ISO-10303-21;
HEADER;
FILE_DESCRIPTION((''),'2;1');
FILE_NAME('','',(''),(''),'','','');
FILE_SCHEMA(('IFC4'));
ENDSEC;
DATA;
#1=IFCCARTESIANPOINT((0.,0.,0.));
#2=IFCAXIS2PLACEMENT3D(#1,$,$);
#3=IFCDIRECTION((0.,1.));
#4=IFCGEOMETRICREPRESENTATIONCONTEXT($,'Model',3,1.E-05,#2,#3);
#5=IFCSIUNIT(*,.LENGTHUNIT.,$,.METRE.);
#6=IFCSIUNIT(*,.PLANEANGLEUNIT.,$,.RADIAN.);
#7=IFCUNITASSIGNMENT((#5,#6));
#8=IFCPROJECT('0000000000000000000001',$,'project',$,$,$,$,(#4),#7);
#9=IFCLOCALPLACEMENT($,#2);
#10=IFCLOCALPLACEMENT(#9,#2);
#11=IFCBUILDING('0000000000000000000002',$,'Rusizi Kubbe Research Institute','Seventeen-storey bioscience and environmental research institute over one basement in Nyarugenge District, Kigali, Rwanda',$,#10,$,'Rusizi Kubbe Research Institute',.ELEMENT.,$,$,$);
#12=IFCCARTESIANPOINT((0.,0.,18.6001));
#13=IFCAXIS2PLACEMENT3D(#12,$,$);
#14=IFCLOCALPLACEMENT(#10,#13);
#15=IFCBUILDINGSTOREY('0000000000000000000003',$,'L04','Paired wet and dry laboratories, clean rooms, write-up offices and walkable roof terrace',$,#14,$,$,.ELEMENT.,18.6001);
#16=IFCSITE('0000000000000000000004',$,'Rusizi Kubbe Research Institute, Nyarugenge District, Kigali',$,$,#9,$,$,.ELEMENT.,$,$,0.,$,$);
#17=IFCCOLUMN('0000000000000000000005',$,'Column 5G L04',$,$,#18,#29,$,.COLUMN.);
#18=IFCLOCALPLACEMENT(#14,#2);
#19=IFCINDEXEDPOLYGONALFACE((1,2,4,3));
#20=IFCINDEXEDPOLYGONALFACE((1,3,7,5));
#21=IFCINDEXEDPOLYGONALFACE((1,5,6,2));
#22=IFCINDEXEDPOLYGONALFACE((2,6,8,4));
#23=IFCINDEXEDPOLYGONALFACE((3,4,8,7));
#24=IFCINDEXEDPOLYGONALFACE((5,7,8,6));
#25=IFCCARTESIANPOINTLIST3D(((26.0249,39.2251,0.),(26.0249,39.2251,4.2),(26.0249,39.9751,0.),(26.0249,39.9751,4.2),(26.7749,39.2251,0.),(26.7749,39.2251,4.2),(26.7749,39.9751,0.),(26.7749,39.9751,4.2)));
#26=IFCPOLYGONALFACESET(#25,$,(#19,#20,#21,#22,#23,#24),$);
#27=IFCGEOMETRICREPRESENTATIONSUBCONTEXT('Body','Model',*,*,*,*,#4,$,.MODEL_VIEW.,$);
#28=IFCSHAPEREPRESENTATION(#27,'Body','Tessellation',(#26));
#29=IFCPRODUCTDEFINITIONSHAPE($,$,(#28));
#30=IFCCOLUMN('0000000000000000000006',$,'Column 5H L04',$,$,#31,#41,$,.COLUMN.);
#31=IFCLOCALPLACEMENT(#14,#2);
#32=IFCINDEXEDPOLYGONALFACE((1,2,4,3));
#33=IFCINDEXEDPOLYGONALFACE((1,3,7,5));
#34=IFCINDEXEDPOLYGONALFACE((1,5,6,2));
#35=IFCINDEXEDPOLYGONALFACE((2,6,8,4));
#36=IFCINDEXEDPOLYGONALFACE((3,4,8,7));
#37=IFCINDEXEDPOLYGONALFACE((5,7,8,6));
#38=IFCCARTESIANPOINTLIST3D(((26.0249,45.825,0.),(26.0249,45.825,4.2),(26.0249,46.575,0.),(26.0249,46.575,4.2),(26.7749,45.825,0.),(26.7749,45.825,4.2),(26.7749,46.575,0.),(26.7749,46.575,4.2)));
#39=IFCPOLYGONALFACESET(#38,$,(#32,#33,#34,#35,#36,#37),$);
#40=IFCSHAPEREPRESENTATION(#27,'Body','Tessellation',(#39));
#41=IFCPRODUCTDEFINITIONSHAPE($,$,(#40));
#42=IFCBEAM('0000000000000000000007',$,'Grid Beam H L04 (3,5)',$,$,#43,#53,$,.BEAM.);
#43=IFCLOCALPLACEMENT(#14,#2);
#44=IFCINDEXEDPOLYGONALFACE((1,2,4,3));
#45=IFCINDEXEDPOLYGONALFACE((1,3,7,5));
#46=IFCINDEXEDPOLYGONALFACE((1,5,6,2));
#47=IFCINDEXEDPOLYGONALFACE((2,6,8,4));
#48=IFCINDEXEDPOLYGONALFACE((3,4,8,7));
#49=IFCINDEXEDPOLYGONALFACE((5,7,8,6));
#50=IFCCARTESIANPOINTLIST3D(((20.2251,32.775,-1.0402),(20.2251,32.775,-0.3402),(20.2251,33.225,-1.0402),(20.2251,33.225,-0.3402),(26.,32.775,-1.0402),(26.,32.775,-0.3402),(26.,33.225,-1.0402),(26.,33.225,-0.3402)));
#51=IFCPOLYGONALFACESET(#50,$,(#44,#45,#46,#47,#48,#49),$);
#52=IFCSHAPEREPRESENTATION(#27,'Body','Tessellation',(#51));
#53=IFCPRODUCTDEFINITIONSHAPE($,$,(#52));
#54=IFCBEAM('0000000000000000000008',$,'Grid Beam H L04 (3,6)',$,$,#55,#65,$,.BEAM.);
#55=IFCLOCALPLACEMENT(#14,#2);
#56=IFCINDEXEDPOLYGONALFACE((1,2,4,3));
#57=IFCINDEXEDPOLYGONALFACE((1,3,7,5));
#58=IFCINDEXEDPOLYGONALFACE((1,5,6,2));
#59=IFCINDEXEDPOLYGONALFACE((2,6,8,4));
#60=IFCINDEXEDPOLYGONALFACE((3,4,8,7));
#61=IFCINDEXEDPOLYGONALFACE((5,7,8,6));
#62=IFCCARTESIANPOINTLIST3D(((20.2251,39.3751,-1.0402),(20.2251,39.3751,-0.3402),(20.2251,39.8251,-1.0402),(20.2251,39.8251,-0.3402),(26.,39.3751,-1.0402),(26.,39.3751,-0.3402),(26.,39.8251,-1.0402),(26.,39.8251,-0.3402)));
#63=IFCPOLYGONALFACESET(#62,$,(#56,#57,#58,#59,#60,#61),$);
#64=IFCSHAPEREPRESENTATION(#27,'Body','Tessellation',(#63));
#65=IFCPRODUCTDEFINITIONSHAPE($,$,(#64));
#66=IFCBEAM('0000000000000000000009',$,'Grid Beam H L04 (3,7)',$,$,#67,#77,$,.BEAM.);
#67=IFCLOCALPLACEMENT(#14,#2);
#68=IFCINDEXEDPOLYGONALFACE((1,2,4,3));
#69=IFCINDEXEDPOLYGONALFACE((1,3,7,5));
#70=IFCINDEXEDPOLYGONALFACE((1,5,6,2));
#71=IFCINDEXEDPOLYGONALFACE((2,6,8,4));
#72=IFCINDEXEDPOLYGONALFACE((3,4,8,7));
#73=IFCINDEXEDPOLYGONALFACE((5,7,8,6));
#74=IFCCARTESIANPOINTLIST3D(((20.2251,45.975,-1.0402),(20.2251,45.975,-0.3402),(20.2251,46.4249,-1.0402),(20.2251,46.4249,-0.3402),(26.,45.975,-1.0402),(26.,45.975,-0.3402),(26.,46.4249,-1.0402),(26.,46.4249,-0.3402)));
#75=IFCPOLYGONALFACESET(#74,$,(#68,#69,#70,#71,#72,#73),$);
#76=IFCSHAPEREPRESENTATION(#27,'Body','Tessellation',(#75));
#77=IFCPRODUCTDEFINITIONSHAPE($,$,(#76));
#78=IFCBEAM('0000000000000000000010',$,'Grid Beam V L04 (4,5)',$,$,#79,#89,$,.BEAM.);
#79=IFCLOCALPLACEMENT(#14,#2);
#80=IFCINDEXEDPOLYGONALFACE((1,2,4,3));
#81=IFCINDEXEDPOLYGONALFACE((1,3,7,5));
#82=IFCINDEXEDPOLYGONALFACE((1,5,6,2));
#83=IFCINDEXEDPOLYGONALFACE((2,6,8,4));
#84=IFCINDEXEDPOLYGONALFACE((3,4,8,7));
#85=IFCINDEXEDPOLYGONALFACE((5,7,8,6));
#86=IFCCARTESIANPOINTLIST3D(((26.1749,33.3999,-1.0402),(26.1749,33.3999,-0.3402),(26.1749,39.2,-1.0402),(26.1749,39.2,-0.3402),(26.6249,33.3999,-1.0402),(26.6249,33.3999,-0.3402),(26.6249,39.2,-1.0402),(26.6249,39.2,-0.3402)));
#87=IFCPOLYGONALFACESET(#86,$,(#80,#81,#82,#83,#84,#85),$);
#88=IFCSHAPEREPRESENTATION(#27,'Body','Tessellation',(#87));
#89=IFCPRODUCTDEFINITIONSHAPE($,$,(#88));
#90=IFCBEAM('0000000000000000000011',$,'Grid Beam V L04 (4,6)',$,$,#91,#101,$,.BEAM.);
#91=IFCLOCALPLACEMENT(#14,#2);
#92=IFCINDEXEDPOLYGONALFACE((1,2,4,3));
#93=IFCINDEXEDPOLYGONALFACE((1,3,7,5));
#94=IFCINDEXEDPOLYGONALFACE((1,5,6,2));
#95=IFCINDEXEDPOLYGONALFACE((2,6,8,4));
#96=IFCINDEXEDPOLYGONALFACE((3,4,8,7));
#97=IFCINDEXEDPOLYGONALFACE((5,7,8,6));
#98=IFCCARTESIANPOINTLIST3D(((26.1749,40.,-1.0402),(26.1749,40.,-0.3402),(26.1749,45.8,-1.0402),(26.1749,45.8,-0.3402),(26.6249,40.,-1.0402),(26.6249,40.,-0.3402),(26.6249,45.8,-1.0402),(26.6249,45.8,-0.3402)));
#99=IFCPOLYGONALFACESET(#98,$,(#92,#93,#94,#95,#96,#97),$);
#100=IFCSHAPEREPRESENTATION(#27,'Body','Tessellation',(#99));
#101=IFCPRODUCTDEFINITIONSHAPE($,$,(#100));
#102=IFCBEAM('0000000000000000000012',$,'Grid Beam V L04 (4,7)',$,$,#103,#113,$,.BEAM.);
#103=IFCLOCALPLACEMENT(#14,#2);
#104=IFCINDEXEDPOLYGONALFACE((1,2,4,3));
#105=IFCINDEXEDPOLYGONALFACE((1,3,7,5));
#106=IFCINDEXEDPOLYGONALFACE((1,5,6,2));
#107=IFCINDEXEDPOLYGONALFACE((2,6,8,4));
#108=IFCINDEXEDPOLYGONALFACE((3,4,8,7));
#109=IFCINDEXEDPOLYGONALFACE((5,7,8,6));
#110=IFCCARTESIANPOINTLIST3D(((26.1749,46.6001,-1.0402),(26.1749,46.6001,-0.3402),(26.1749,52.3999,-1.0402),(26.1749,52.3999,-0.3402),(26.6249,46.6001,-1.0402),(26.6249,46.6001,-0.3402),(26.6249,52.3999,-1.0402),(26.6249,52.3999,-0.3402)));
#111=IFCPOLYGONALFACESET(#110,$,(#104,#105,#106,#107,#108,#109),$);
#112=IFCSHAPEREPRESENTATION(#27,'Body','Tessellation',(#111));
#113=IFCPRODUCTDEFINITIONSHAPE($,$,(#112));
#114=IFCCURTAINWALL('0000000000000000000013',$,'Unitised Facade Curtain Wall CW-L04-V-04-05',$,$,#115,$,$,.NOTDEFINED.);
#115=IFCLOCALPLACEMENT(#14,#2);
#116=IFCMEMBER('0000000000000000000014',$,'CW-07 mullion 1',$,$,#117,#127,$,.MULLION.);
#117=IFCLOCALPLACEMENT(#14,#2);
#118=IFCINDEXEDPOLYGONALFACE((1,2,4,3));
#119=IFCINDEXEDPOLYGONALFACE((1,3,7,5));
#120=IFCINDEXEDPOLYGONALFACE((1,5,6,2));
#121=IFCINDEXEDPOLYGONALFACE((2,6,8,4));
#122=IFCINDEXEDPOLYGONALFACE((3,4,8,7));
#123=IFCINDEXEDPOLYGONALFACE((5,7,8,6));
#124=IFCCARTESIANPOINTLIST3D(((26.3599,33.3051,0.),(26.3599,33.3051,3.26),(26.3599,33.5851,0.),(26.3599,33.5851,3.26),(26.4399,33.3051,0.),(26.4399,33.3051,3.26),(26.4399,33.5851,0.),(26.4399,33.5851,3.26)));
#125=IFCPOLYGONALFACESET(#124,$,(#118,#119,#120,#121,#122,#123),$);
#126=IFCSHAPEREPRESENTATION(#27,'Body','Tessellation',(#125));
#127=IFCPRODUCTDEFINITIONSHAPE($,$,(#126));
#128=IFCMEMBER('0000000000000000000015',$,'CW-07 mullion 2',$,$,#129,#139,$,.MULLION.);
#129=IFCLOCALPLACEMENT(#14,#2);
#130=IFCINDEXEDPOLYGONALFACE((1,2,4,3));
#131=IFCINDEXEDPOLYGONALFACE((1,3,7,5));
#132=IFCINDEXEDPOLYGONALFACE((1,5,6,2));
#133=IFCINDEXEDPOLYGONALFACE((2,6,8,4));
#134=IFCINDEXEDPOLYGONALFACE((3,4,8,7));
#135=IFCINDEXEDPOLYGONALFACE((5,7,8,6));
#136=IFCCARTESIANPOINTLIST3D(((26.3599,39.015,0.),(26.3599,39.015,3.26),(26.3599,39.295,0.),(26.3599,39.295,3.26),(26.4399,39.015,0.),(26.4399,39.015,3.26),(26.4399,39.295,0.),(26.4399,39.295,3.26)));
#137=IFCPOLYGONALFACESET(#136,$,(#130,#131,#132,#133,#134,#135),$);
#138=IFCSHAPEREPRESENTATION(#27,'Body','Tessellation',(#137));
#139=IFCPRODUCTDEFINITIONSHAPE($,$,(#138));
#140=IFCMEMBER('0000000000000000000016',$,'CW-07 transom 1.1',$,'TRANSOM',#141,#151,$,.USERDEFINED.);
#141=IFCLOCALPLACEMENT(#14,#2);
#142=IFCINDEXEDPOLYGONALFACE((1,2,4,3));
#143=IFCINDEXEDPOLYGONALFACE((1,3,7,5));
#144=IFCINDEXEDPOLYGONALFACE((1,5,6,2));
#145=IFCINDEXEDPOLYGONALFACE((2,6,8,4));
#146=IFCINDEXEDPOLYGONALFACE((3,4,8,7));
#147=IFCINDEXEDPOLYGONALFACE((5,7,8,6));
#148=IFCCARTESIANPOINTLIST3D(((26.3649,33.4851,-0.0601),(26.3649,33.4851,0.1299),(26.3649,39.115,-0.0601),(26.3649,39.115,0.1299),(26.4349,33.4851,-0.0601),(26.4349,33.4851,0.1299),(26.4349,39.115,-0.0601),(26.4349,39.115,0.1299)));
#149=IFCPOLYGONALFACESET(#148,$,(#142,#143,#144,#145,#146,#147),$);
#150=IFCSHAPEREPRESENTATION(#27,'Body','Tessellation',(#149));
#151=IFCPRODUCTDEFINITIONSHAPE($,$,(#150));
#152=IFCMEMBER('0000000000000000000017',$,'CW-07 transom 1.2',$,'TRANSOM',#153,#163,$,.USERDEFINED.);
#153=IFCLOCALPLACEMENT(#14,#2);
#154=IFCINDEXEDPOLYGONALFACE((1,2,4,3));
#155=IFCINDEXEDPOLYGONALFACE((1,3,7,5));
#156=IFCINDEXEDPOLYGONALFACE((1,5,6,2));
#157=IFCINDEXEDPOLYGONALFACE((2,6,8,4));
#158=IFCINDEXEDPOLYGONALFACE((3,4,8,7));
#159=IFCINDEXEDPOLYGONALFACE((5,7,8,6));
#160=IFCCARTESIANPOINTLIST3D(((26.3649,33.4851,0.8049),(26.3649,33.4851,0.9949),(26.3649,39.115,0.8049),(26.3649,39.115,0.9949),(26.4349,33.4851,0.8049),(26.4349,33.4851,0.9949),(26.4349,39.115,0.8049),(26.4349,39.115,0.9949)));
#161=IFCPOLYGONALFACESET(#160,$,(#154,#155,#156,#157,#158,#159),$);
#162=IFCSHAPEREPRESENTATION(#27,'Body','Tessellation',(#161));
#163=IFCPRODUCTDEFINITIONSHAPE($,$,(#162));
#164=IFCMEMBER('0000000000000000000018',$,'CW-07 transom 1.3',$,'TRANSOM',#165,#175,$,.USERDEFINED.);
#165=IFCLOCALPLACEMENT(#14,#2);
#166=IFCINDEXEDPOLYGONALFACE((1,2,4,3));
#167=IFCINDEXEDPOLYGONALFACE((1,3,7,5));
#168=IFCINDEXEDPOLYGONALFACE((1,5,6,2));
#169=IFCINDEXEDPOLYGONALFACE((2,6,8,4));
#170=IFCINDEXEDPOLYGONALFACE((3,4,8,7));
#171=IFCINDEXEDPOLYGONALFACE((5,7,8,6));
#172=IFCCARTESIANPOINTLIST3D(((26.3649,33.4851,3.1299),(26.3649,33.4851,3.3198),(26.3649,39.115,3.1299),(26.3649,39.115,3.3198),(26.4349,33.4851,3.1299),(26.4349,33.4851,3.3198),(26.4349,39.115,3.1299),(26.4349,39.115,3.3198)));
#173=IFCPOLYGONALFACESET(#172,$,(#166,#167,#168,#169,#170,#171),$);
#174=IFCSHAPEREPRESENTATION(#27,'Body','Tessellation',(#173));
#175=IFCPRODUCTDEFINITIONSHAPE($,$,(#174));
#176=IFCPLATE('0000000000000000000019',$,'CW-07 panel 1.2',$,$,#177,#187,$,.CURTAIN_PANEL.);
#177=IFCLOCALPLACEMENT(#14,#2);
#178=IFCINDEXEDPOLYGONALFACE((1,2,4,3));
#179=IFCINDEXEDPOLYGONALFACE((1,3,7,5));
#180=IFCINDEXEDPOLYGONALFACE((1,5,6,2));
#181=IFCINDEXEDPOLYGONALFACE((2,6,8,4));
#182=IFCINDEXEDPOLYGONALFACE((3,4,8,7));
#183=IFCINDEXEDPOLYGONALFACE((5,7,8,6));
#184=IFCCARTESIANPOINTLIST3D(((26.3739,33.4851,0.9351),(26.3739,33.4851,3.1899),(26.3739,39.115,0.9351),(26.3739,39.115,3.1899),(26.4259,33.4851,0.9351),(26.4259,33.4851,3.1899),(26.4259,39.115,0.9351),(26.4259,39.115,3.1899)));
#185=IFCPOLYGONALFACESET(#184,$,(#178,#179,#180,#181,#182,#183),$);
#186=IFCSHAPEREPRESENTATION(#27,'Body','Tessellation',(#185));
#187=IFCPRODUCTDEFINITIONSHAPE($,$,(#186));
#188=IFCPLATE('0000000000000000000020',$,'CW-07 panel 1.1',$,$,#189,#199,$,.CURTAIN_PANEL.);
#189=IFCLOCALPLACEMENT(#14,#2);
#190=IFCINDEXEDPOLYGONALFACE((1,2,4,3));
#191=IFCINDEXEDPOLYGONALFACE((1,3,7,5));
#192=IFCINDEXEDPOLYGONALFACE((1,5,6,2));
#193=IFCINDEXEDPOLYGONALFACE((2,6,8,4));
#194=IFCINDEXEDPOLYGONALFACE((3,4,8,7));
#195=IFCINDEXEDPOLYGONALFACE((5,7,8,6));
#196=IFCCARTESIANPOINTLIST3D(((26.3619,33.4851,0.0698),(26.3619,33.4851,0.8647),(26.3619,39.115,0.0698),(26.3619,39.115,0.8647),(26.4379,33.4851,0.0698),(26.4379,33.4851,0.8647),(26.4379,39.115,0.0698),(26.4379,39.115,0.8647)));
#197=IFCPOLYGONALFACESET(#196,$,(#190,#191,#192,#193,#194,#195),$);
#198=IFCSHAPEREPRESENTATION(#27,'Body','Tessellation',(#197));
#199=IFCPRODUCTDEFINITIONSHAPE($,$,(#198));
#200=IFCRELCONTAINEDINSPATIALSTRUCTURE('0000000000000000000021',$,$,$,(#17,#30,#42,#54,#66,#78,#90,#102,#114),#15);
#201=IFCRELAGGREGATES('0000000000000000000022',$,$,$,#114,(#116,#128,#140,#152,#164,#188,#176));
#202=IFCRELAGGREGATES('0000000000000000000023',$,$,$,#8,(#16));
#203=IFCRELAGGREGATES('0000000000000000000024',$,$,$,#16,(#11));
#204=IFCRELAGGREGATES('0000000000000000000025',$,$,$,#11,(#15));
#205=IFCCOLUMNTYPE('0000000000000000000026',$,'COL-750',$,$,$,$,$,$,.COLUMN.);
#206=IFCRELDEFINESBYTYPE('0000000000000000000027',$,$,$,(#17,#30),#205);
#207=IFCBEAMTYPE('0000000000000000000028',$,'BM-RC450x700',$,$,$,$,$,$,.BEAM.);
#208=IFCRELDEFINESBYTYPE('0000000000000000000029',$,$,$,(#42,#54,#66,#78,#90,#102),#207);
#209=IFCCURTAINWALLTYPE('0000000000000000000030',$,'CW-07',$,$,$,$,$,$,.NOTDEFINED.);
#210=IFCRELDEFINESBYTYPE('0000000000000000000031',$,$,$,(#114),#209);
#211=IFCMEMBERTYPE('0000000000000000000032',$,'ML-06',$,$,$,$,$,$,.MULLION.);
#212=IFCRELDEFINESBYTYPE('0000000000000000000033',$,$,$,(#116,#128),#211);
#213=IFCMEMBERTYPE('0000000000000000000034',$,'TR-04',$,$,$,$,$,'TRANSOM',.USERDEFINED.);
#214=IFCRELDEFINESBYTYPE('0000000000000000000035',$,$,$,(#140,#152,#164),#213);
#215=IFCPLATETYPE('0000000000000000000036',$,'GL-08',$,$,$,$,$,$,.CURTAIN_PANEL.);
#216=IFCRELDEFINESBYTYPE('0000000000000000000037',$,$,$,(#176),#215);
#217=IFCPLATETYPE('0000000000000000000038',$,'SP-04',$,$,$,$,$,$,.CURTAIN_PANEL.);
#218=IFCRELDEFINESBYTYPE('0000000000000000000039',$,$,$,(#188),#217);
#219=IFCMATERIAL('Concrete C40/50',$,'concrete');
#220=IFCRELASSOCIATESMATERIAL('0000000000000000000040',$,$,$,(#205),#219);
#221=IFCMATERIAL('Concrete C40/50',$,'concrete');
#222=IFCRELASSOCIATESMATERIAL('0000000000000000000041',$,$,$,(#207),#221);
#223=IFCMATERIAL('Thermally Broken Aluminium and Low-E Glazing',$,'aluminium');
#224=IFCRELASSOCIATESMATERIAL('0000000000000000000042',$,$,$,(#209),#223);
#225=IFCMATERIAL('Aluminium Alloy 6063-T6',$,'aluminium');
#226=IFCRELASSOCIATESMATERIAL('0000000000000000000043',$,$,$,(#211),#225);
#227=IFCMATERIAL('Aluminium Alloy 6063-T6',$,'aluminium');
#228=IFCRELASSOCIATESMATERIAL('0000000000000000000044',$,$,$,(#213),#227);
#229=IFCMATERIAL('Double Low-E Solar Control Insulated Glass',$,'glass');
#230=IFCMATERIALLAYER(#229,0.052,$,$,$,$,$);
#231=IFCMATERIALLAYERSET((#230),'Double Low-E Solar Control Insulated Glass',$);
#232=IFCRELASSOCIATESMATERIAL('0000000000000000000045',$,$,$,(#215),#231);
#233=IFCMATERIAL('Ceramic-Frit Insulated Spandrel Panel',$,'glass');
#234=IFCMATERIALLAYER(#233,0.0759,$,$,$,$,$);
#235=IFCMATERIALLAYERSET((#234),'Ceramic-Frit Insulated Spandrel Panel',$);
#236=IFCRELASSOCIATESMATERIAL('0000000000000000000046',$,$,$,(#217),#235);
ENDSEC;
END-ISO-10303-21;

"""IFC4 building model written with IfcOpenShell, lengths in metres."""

from ifc_helpers import new_model, si_unit, direction, frame, origin, origin_2d, place, context, subcontext, project, spatial, rectangle, extrude, material, layer, layer_set, material_profile, profile_set, type_object, element, aggregate, save


model = new_model("IFC4")

# Units and contexts
model_context = context("Model", 3, precision=1e-05, world=origin(), true_north=direction((0.0, 1.0)))
body_context = subcontext(model_context, "Body", "Model", "MODEL_VIEW")
ifc_project = project(units=[si_unit("LENGTHUNIT", "METRE"), si_unit("PLANEANGLEUNIT", "RADIAN")], contexts=[model_context])

# Site, building, storey
site_placement = place(None, origin())
site = spatial("IfcSite", under=ifc_project, at=site_placement, Name="Rusizi Kubbe Research Institute, Nyarugenge District, Kigali", CompositionType="ELEMENT", RefElevation=0.0)
building_placement = place(site_placement, origin())
building = spatial("IfcBuilding", under=site, at=building_placement, Name="Rusizi Kubbe Research Institute", Description="Seventeen-storey bioscience and environmental research institute over one basement in Nyarugenge District, Kigali, Rwanda", LongName="Rusizi Kubbe Research Institute", CompositionType="ELEMENT")
storey_placement = place(building_placement, frame((0.0, 0.0, 18.6001)))
storey = spatial("IfcBuildingStorey", under=building, at=storey_placement, Name="L04", Description="Paired wet and dry laboratories, clean rooms, write-up offices and walkable roof terrace", CompositionType="ELEMENT", Elevation=18.6001)

# Columns
ifc_material_1 = material(Name="Concrete C40/50", Category="concrete")
ifc_material_profile_1 = material_profile(ifc_material_1, rectangle(XDim=0.75, YDim=0.75, at=origin_2d()), Name="RC750x750")
ifc_profile_set_1 = profile_set([ifc_material_profile_1], Name="Concrete C40/50")
column_type = type_object("IfcColumnType", Name="COL-750", PredefinedType="COLUMN", material=ifc_profile_set_1)
for number, where, z_axis, x_axis, name in (
    (1, (26.3999, 39.6001, 0.0), (0.0, 0.0, 1.0), (1.0, 0.0, 0.0), "Column 5G L04"),
    (2, (26.3999, 46.2, 0.0), (0.0, 0.0, 1.0), (1.0, 0.0, 0.0), "Column 5H L04"),
):
    element("IfcColumn", number, at=place(storey_placement, frame(where, z_axis=z_axis, x_axis=x_axis)), inside=storey, type_object=column_type, Name=name, PredefinedType="COLUMN", context=body_context, shape_type="SweptSolid", body=[
        extrude(rectangle(XDim=0.75, YDim=0.75, at=origin_2d()), origin(), (0.0, 0.0, 1.0), 4.2),
    ])

# Beams
ifc_material_2 = material(Name="Concrete C40/50", Category="concrete")
ifc_material_profile_2 = material_profile(ifc_material_2, rectangle(XDim=0.45, YDim=0.7, at=origin_2d()), Name="RC450x700B")
ifc_profile_set_2 = profile_set([ifc_material_profile_2], Name="Concrete C40/50")
beam_type = type_object("IfcBeamType", Name="BM-RC450x700", PredefinedType="BEAM", material=ifc_profile_set_2)
for number, where, z_axis, x_axis, name in (
    (3, (20.2251, 33.0, -0.6902), (1.0, 0.0, 0.0), (0.0, 1.0, 0.0), "Grid Beam H L04 (3,5)"),
    (4, (20.2251, 39.6001, -0.6902), (1.0, 0.0, 0.0), (0.0, 1.0, 0.0), "Grid Beam H L04 (3,6)"),
    (5, (20.2251, 46.2, -0.6902), (1.0, 0.0, 0.0), (0.0, 1.0, 0.0), "Grid Beam H L04 (3,7)"),
):
    element("IfcBeam", number, at=place(storey_placement, frame(where, z_axis=z_axis, x_axis=x_axis)), inside=storey, type_object=beam_type, Name=name, PredefinedType="BEAM", context=body_context, shape_type="SweptSolid", body=[
        extrude(rectangle(XDim=0.45, YDim=0.7, at=origin_2d()), origin(), (0.0, 0.0, 1.0), 5.7749),
    ])
for number, where, z_axis, x_axis, name in (
    (6, (26.3999, 33.3999, -0.6902), (0.0, 1.0, 0.0), (-1.0, 0.0, 0.0), "Grid Beam V L04 (4,5)"),
    (7, (26.3999, 40.0, -0.6902), (0.0, 1.0, 0.0), (-1.0, 0.0, 0.0), "Grid Beam V L04 (4,6)"),
):
    element("IfcBeam", number, at=place(storey_placement, frame(where, z_axis=z_axis, x_axis=x_axis)), inside=storey, type_object=beam_type, Name=name, PredefinedType="BEAM", context=body_context, shape_type="SweptSolid", body=[
        extrude(rectangle(XDim=0.45, YDim=0.7, at=origin_2d()), origin(), (0.0, 0.0, 1.0), 5.8),
    ])
beam_placement = place(storey_placement, frame((26.3999, 46.6001, -0.6902), z_axis=(0.0, 1.0, 0.0), x_axis=(-1.0, 0.0, 0.0)))
element("IfcBeam", 8, at=beam_placement, inside=storey, type_object=beam_type, Name="Grid Beam V L04 (4,7)", PredefinedType="BEAM", context=body_context, shape_type="SweptSolid", body=[
    extrude(rectangle(XDim=0.45, YDim=0.7, at=origin_2d()), origin(), (0.0, 0.0, 1.0), 5.7998),
])

# Curtain wall, members, plates
ifc_material_3 = material(Name="Thermally Broken Aluminium and Low-E Glazing", Category="aluminium")
curtain_wall_type = type_object("IfcCurtainWallType", Name="CW-07", PredefinedType="NOTDEFINED", material=ifc_material_3)
curtain_wall_placement = place(storey_placement, origin())
curtain_wall = element("IfcCurtainWall", 9, at=curtain_wall_placement, inside=storey, type_object=curtain_wall_type, Name="Unitised Facade Curtain Wall CW-L04-V-04-05", PredefinedType="NOTDEFINED")
ifc_material_4 = material(Name="Aluminium Alloy 6063-T6", Category="aluminium")
ifc_material_profile_3 = material_profile(ifc_material_4, rectangle(XDim=0.0801, YDim=0.28, at=origin_2d()), Name="ALU-M 80x280")
ifc_profile_set_3 = profile_set([ifc_material_profile_3], Name="Aluminium Alloy 6063-T6")
member_type_1 = type_object("IfcMemberType", Name="ML-06", PredefinedType="MULLION", material=ifc_profile_set_3)
member_1_placement = place(storey_placement, frame((26.3999, 33.4451, 0.0), z_axis=(0.0, 0.0, 1.0), x_axis=(-1.0, 0.0, 0.0)))
member_1 = element("IfcMember", 10, at=member_1_placement, type_object=member_type_1, Name="CW-07 mullion 1", PredefinedType="MULLION", context=body_context, shape_type="SweptSolid", body=[
    extrude(rectangle(XDim=0.0801, YDim=0.28, at=origin_2d()), origin(), (0.0, 0.0, 1.0), 3.26),
])
member_2_placement = place(storey_placement, frame((26.3999, 39.155, 0.0), z_axis=(0.0, 0.0, 1.0), x_axis=(-1.0, 0.0, 0.0)))
member_2 = element("IfcMember", 11, at=member_2_placement, type_object=member_type_1, Name="CW-07 mullion 2", PredefinedType="MULLION", context=body_context, shape_type="SweptSolid", body=[
    extrude(rectangle(XDim=0.0801, YDim=0.28, at=origin_2d()), origin(), (0.0, 0.0, 1.0), 3.26),
])
ifc_material_5 = material(Name="Aluminium Alloy 6063-T6", Category="aluminium")
ifc_material_profile_4 = material_profile(ifc_material_5, rectangle(XDim=0.0701, YDim=0.1899, at=origin_2d()), Name="ALU-T 70x190")
ifc_profile_set_4 = profile_set([ifc_material_profile_4], Name="Aluminium Alloy 6063-T6")
member_type_2 = type_object("IfcMemberType", Name="TR-04", ElementType="TRANSOM", PredefinedType="USERDEFINED", material=ifc_profile_set_4)
member_3_placement = place(storey_placement, frame((26.3999, 33.4851, 0.0349), z_axis=(0.0, 1.0, 0.0), x_axis=(-1.0, 0.0, 0.0)))
member_3 = element("IfcMember", 12, at=member_3_placement, type_object=member_type_2, Name="CW-07 transom 1.1", ObjectType="TRANSOM", PredefinedType="USERDEFINED", context=body_context, shape_type="SweptSolid", body=[
    extrude(rectangle(XDim=0.0701, YDim=0.1899, at=origin_2d()), origin(), (0.0, 0.0, 1.0), 5.6299),
])
member_4_placement = place(storey_placement, frame((26.3999, 33.4851, 0.8999), z_axis=(0.0, 1.0, 0.0), x_axis=(-1.0, 0.0, 0.0)))
member_4 = element("IfcMember", 13, at=member_4_placement, type_object=member_type_2, Name="CW-07 transom 1.2", ObjectType="TRANSOM", PredefinedType="USERDEFINED", context=body_context, shape_type="SweptSolid", body=[
    extrude(rectangle(XDim=0.0701, YDim=0.1899, at=origin_2d()), origin(), (0.0, 0.0, 1.0), 5.6299),
])
member_5_placement = place(storey_placement, frame((26.3999, 33.4851, 3.2249), z_axis=(0.0, 1.0, 0.0), x_axis=(-1.0, 0.0, 0.0)))
member_5 = element("IfcMember", 14, at=member_5_placement, type_object=member_type_2, Name="CW-07 transom 1.3", ObjectType="TRANSOM", PredefinedType="USERDEFINED", context=body_context, shape_type="SweptSolid", body=[
    extrude(rectangle(XDim=0.0701, YDim=0.1899, at=origin_2d()), origin(), (0.0, 0.0, 1.0), 5.6299),
])
ifc_material_6 = material(Name="Double Low-E Solar Control Insulated Glass", Category="glass")
ifc_layer_1 = layer(ifc_material_6, 0.052)
ifc_layer_set_1 = layer_set([ifc_layer_1], Name="Double Low-E Solar Control Insulated Glass")
plate_type_1 = type_object("IfcPlateType", Name="GL-08", PredefinedType="CURTAIN_PANEL", material=ifc_layer_set_1)
plate_1_placement = place(storey_placement, frame((26.3999, 36.3, 0.9351), z_axis=(0.0, 0.0, 1.0), x_axis=(0.0, 1.0, 0.0)))
plate_1 = element("IfcPlate", 15, at=plate_1_placement, type_object=plate_type_1, Name="CW-07 panel 1.2", PredefinedType="CURTAIN_PANEL", context=body_context, shape_type="SweptSolid", body=[
    extrude(rectangle(XDim=5.6299, YDim=0.052, at=origin_2d()), origin(), (0.0, 0.0, 1.0), 2.2549),
])
ifc_material_7 = material(Name="Ceramic-Frit Insulated Spandrel Panel", Category="glass")
ifc_layer_2 = layer(ifc_material_7, 0.0759)
ifc_layer_set_2 = layer_set([ifc_layer_2], Name="Ceramic-Frit Insulated Spandrel Panel")
plate_type_2 = type_object("IfcPlateType", Name="SP-04", PredefinedType="CURTAIN_PANEL", material=ifc_layer_set_2)
plate_2_placement = place(storey_placement, frame((26.3999, 36.3, 0.0698), z_axis=(0.0, 0.0, 1.0), x_axis=(0.0, 1.0, 0.0)))
plate_2 = element("IfcPlate", 16, at=plate_2_placement, type_object=plate_type_2, Name="CW-07 panel 1.1", PredefinedType="CURTAIN_PANEL", context=body_context, shape_type="SweptSolid", body=[
    extrude(rectangle(XDim=5.6299, YDim=0.0759, at=origin_2d()), origin(), (0.0, 0.0, 1.0), 0.7949),
])
aggregate(curtain_wall, [member_1, member_2, member_3, member_4, member_5, plate_2, plate_1])

save(model, "model.ifc")
